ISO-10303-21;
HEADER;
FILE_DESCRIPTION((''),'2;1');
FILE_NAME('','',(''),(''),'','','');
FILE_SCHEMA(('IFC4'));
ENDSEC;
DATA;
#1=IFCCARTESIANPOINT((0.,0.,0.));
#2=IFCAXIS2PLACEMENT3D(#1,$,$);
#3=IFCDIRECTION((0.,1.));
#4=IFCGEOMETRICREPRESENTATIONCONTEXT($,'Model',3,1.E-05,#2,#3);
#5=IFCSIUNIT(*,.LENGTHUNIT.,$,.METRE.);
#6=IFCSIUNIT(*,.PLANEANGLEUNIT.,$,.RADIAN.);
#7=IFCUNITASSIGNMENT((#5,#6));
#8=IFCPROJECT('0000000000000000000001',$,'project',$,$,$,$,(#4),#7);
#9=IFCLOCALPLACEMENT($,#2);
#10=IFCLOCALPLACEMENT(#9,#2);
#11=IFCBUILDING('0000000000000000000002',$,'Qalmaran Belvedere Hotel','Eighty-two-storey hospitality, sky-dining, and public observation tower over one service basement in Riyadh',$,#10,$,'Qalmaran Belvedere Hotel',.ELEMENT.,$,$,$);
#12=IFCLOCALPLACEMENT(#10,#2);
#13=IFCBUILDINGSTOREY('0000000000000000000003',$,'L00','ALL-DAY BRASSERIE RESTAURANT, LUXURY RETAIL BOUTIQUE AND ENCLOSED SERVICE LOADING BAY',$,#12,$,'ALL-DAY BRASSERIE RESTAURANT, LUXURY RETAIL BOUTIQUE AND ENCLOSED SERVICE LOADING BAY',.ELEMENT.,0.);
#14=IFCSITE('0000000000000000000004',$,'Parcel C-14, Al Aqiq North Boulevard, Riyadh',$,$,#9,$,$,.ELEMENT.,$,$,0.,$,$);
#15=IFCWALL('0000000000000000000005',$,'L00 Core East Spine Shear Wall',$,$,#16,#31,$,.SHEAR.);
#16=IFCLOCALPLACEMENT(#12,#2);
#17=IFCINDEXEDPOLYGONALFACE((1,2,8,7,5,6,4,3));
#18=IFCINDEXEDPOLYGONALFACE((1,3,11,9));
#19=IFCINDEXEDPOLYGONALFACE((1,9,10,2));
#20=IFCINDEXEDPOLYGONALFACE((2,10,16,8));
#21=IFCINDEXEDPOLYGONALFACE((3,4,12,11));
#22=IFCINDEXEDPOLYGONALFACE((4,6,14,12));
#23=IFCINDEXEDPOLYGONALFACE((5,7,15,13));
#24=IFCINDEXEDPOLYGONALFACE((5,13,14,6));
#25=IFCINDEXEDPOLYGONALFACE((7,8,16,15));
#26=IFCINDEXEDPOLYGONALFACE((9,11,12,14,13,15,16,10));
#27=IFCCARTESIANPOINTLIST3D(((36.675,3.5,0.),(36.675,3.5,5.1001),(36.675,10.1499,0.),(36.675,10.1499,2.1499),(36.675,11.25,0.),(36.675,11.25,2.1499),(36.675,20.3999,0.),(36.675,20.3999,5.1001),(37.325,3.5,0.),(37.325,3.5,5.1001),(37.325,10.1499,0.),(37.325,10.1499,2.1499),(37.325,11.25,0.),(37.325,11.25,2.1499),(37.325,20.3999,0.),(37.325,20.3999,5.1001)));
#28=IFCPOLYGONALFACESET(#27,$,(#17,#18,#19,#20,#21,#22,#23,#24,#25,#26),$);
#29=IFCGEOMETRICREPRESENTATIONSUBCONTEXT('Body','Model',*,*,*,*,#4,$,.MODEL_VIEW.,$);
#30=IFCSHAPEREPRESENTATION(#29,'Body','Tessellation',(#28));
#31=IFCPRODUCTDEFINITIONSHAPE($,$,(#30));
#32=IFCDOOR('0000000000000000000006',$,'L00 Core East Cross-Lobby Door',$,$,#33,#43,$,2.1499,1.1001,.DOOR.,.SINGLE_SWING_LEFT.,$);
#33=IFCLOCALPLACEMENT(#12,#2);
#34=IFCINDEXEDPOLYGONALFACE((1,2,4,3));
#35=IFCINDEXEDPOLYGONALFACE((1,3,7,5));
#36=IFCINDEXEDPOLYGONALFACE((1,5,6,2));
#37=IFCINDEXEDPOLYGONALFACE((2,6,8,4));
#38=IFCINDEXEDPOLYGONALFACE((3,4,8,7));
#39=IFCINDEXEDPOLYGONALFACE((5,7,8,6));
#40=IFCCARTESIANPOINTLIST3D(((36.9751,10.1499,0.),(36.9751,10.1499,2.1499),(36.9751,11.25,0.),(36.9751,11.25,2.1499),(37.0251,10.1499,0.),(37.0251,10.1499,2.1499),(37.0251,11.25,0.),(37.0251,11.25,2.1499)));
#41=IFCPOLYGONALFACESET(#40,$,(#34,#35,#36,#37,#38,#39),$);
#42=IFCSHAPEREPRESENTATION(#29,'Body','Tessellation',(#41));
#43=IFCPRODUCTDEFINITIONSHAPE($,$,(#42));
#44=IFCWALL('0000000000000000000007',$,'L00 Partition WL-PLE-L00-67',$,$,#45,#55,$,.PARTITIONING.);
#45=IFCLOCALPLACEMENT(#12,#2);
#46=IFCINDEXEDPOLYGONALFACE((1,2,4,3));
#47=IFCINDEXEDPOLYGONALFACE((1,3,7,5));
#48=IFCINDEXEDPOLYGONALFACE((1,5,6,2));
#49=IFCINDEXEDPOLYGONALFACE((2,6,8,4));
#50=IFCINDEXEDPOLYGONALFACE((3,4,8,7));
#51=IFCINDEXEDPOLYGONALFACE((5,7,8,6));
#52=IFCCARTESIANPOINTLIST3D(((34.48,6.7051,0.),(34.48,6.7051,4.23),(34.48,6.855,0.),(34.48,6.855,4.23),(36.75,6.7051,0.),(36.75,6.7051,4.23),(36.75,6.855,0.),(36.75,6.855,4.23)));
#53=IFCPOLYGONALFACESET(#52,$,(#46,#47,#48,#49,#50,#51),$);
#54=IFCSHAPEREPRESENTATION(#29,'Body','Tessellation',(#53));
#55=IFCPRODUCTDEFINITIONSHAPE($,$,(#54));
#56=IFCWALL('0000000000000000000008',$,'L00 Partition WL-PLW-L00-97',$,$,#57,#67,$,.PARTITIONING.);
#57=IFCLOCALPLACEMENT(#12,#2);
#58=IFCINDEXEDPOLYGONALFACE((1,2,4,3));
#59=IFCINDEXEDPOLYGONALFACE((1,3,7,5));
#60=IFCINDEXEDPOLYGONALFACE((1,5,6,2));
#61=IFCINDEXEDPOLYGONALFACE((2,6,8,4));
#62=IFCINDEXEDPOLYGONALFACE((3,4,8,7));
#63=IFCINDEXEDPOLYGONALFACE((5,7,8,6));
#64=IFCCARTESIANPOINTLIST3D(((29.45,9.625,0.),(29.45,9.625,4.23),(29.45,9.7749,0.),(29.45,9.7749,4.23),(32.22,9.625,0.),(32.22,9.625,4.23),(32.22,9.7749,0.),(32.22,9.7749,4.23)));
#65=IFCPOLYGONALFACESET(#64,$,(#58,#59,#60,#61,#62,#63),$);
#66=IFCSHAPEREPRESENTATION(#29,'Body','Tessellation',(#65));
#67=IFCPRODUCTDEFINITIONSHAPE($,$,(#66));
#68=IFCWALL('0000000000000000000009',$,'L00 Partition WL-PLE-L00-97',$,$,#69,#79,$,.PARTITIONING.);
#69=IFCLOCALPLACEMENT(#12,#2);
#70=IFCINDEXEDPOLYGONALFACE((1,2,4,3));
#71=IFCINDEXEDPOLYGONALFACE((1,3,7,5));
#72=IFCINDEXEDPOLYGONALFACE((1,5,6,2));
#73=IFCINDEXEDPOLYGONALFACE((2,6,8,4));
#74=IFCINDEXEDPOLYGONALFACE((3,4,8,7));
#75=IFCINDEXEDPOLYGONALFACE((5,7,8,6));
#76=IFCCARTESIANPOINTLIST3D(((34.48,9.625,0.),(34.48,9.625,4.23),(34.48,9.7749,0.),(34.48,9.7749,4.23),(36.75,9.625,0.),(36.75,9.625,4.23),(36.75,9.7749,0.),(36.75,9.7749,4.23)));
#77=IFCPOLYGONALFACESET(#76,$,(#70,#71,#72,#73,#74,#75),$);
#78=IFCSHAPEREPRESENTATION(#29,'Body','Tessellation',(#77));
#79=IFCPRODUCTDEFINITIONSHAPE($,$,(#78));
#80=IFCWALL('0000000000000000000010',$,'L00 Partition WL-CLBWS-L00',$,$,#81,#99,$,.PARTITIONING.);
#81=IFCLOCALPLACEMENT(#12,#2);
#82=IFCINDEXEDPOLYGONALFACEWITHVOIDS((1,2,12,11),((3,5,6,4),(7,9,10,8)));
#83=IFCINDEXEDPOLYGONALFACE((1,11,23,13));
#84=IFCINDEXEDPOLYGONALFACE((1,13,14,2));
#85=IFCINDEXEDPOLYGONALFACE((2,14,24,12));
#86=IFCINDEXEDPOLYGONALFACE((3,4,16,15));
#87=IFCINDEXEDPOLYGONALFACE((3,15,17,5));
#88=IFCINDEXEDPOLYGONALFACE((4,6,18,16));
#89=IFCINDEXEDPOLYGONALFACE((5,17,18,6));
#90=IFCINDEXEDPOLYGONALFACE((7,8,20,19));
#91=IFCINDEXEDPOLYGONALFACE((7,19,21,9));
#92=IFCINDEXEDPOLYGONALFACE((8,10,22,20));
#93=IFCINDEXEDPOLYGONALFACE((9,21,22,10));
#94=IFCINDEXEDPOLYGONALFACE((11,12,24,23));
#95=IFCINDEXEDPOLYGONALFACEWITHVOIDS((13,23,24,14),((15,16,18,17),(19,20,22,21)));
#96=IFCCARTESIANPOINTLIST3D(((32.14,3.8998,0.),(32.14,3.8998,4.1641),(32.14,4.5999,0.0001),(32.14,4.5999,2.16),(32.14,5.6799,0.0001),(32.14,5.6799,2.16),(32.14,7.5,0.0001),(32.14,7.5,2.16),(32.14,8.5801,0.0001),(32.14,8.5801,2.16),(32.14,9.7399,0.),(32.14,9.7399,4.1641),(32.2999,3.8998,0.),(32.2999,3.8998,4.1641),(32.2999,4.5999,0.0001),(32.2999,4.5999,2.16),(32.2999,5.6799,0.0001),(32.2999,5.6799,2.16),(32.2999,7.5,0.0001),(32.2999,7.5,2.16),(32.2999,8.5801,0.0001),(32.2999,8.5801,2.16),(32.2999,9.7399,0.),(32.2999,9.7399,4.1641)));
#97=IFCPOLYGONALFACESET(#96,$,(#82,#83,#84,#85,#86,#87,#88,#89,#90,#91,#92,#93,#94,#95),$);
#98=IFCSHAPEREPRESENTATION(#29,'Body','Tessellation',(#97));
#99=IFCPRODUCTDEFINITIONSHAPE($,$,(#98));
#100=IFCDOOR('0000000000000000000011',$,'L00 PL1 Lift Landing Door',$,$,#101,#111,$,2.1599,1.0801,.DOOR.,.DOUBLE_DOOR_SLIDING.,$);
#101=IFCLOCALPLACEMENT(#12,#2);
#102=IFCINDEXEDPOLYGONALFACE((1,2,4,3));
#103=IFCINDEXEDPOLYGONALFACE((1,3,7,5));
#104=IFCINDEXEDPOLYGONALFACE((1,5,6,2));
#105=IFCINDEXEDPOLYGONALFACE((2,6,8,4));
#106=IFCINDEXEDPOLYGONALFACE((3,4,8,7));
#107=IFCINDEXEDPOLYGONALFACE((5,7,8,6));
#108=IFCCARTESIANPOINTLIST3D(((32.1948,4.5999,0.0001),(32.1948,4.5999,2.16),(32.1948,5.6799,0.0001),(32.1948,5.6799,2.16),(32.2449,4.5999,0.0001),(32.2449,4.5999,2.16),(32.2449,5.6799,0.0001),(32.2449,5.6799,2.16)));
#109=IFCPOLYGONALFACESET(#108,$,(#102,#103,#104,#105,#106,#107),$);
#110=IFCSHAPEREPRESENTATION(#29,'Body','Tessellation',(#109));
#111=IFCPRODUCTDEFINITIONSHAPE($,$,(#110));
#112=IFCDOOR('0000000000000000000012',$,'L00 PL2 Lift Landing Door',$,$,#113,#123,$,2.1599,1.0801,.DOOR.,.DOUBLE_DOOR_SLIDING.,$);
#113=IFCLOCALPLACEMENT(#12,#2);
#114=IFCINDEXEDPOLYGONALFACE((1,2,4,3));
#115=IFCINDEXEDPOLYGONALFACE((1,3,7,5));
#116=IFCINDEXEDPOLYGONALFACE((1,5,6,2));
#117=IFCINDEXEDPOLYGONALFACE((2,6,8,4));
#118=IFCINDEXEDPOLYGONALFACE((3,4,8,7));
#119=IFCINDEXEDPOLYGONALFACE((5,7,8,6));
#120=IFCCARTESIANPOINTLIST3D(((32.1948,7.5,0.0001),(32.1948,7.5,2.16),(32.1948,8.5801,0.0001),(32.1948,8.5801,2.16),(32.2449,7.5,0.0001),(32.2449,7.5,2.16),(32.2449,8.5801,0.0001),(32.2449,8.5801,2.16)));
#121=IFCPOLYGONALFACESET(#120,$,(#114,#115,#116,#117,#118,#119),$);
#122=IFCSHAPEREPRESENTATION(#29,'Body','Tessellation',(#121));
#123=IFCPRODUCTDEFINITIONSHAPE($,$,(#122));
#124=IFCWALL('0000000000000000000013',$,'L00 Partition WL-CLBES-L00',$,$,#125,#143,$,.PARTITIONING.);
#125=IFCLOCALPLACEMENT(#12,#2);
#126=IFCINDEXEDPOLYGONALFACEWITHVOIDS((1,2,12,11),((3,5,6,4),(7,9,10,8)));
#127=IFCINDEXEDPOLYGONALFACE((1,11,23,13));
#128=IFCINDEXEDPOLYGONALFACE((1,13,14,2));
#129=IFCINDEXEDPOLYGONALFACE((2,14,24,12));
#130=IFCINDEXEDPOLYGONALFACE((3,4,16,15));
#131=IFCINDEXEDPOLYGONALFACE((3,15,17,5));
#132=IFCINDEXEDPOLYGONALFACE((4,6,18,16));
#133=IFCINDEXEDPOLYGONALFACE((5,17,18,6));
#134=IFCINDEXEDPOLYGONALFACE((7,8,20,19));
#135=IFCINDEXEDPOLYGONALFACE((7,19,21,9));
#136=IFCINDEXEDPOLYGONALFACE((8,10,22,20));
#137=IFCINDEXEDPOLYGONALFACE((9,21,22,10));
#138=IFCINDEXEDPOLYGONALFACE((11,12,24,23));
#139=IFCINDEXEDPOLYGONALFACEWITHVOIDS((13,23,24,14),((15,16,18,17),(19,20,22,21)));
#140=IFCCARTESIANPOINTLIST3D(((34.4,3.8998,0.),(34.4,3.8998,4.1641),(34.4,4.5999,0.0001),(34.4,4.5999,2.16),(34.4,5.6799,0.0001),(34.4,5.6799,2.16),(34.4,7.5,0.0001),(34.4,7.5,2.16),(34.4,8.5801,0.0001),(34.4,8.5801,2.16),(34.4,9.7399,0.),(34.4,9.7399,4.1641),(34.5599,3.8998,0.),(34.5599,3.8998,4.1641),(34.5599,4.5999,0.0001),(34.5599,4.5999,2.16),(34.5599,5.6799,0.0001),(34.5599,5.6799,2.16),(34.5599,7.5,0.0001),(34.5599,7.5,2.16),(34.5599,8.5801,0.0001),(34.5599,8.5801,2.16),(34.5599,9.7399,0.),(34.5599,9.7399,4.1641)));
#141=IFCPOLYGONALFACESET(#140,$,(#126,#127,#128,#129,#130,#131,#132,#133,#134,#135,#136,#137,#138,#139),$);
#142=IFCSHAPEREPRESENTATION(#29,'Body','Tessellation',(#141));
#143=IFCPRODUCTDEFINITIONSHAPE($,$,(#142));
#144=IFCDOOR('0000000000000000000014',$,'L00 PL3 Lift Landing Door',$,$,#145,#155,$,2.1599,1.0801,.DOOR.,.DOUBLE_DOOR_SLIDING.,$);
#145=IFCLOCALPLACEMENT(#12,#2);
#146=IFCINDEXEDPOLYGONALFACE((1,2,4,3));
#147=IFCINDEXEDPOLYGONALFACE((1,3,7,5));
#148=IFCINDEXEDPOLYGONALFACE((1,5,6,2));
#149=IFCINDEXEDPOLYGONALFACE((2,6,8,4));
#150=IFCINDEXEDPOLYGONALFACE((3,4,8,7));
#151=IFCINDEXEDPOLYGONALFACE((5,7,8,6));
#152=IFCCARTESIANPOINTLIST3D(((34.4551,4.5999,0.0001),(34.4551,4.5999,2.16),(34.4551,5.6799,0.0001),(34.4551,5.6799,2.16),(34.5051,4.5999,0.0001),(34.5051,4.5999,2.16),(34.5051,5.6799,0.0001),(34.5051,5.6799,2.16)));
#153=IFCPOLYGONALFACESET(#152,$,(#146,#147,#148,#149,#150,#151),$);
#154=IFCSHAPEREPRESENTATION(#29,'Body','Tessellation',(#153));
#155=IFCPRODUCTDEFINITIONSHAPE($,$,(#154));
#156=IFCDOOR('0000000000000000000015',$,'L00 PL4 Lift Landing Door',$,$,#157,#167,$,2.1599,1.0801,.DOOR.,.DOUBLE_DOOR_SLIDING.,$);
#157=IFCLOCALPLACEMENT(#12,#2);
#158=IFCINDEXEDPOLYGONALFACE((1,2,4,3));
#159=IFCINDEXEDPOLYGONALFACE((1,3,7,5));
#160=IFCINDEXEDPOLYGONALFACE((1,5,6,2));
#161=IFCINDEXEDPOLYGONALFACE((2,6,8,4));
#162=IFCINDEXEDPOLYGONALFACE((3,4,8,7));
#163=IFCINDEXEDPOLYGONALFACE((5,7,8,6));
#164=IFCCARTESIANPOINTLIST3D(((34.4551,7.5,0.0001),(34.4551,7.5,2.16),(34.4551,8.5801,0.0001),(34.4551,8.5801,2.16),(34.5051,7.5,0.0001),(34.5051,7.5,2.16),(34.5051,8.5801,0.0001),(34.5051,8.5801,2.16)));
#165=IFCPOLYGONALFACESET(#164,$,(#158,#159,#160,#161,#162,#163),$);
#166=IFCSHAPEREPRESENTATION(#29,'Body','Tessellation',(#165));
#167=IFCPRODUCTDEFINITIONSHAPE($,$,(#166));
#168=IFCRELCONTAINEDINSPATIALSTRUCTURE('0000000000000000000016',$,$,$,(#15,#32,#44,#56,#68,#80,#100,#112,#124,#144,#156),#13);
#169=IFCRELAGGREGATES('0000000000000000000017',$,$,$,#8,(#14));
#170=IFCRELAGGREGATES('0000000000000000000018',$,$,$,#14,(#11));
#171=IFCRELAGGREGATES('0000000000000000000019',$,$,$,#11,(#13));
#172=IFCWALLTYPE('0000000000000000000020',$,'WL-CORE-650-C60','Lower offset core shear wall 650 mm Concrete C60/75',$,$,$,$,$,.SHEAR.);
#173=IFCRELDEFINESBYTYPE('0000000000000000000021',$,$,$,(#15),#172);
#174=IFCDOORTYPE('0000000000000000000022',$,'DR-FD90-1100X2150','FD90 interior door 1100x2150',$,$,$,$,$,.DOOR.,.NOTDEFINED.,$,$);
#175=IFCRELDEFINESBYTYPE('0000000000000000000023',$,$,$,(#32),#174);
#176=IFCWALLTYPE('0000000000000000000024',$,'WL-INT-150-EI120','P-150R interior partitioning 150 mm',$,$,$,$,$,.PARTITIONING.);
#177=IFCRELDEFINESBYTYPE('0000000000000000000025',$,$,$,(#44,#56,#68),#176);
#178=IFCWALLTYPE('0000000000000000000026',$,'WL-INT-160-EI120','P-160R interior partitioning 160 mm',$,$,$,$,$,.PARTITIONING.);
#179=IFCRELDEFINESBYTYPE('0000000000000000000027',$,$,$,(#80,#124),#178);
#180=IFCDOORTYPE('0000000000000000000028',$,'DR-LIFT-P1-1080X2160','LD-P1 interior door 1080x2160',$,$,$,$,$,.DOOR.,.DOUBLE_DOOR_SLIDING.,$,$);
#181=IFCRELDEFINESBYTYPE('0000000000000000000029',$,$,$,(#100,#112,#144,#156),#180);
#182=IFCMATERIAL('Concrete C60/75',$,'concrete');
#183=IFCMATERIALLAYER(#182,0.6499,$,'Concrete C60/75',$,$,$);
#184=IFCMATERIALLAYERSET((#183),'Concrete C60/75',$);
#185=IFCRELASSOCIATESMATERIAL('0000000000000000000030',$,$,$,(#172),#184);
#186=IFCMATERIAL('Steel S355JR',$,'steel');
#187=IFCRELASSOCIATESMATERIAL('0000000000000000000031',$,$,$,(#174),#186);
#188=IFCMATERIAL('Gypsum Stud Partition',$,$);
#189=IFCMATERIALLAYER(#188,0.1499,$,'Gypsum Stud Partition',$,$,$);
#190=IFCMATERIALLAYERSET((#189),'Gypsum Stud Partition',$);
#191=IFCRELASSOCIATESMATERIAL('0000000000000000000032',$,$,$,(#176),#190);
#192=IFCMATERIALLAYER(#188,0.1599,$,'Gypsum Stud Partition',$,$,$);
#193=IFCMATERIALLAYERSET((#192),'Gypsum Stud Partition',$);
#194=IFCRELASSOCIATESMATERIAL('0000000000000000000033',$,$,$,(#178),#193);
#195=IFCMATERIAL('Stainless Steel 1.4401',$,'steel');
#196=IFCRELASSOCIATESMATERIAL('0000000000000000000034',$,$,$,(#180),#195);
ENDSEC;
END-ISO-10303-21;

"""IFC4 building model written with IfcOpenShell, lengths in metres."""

from ifc_helpers import new_model, si_unit, direction, frame, frame_2d, origin, place, context, subcontext, project, spatial, rectangle, extrude, material, layer, layer_set, type_object, element, fill, save


model = new_model("IFC4")

# Units and contexts
model_context = context("Model", 3, precision=1e-05, world=origin(), true_north=direction((0.0, 1.0)))
body_context = subcontext(model_context, "Body", "Model", "MODEL_VIEW")
ifc_project = project(units=[si_unit("LENGTHUNIT", "METRE"), si_unit("PLANEANGLEUNIT", "RADIAN")], contexts=[model_context])

# Site, building, storey
site_placement = place(None, origin())
site = spatial("IfcSite", under=ifc_project, at=site_placement, Name="Parcel C-14, Al Aqiq North Boulevard, Riyadh", CompositionType="ELEMENT", RefElevation=0.0)
building_placement = place(site_placement, origin())
building = spatial("IfcBuilding", under=site, at=building_placement, Name="Qalmaran Belvedere Hotel", Description="Eighty-two-storey hospitality, sky-dining, and public observation tower over one service basement in Riyadh", LongName="Qalmaran Belvedere Hotel", CompositionType="ELEMENT")
storey_placement = place(building_placement, origin())
storey = spatial("IfcBuildingStorey", under=building, at=storey_placement, Name="L00", Description="ALL-DAY BRASSERIE RESTAURANT, LUXURY RETAIL BOUTIQUE AND ENCLOSED SERVICE LOADING BAY", LongName="ALL-DAY BRASSERIE RESTAURANT, LUXURY RETAIL BOUTIQUE AND ENCLOSED SERVICE LOADING BAY", CompositionType="ELEMENT", Elevation=0.0)

# Shared definitions
ifc_material_1 = material(Name="Concrete C60/75", Category="concrete")

# Shared definitions
ifc_material_2 = material(Name="Steel S355JR", Category="steel")

# Wall, opening, door
ifc_layer_1 = layer(ifc_material_1, 0.6499, Name="Concrete C60/75")
ifc_layer_set_1 = layer_set([ifc_layer_1], Name="Concrete C60/75")
wall_type_1 = type_object("IfcWallType", Name="WL-CORE-650-C60", Description="Lower offset core shear wall 650 mm Concrete C60/75", PredefinedType="SHEAR", material=ifc_layer_set_1)
wall_1_placement = place(storey_placement, frame((37.0, 3.5, 0.0), z_axis=(0.0, 0.0, 1.0), x_axis=(0.0, 1.0, 0.0)))
wall_1 = element("IfcWall", 1, at=wall_1_placement, inside=storey, type_object=wall_type_1, Name="L00 Core East Spine Shear Wall", PredefinedType="SHEAR", context=body_context, shape_type="SweptSolid", body=[
    extrude(rectangle(XDim=16.8999, YDim=0.6499, at=frame_2d((8.45, 0.0))), origin(), (0.0, 0.0, 1.0), 5.1001),
])
opening_1_placement = place(wall_1_placement, frame((6.6499, 0.0, 0.0)))
opening_1 = element("IfcOpeningElement", 2, at=opening_1_placement, cuts=wall_1, PredefinedType="OPENING", context=body_context, shape_type="SweptSolid", body=[
    extrude(rectangle(XDim=1.1001, YDim=2.1499, at=frame_2d((0.55, 1.075))), frame((0.0, 0.335, 0.0), z_axis=(0.0, -1.0, 0.0), x_axis=(1.0, 0.0, 0.0)), (0.0, 0.0, 1.0), 0.6699),
])
door_type_1 = type_object("IfcDoorType", Name="DR-FD90-1100X2150", Description="FD90 interior door 1100x2150", OperationType="NOTDEFINED", PredefinedType="DOOR", material=ifc_material_2)
door_1_placement = place(opening_1_placement, origin())
door_1 = element("IfcDoor", 3, at=door_1_placement, inside=storey, type_object=door_type_1, Name="L00 Core East Cross-Lobby Door", OperationType="SINGLE_SWING_LEFT", OverallHeight=2.1499, OverallWidth=1.1001, PredefinedType="DOOR", context=body_context, shape_type="SweptSolid", body=[
    extrude(rectangle(XDim=1.1001, YDim=2.1499, at=frame_2d((0.55, 1.075))), frame((0.0, 0.0249, 0.0), z_axis=(0.0, -1.0, 0.0), x_axis=(1.0, 0.0, 0.0)), (0.0, 0.0, 1.0), 0.05),
])
fill(opening_1, door_1)

# Walls
ifc_material_3 = material(Name="Gypsum Stud Partition")
ifc_layer_2 = layer(ifc_material_3, 0.1499, Name="Gypsum Stud Partition")
ifc_layer_set_2 = layer_set([ifc_layer_2], Name="Gypsum Stud Partition")
wall_type_2 = type_object("IfcWallType", Name="WL-INT-150-EI120", Description="P-150R interior partitioning 150 mm", PredefinedType="PARTITIONING", material=ifc_layer_set_2)
wall_2_placement = place(storey_placement, frame((34.48, 6.78, 0.0), z_axis=(0.0, 0.0, 1.0), x_axis=(1.0, 0.0, 0.0)))
element("IfcWall", 4, at=wall_2_placement, inside=storey, type_object=wall_type_2, Name="L00 Partition WL-PLE-L00-67", PredefinedType="PARTITIONING", context=body_context, shape_type="SweptSolid", body=[
    extrude(rectangle(XDim=2.27, YDim=0.1499, at=frame_2d((1.135, 0.0))), origin(), (0.0, 0.0, 1.0), 4.23),
])
wall_3_placement = place(storey_placement, frame((29.45, 9.7, 0.0), z_axis=(0.0, 0.0, 1.0), x_axis=(1.0, 0.0, 0.0)))
element("IfcWall", 5, at=wall_3_placement, inside=storey, type_object=wall_type_2, Name="L00 Partition WL-PLW-L00-97", PredefinedType="PARTITIONING", context=body_context, shape_type="SweptSolid", body=[
    extrude(rectangle(XDim=2.77, YDim=0.1499, at=frame_2d((1.385, 0.0))), origin(), (0.0, 0.0, 1.0), 4.23),
])
wall_4_placement = place(storey_placement, frame((34.48, 9.7, 0.0), z_axis=(0.0, 0.0, 1.0), x_axis=(1.0, 0.0, 0.0)))
element("IfcWall", 6, at=wall_4_placement, inside=storey, type_object=wall_type_2, Name="L00 Partition WL-PLE-L00-97", PredefinedType="PARTITIONING", context=body_context, shape_type="SweptSolid", body=[
    extrude(rectangle(XDim=2.27, YDim=0.1499, at=frame_2d((1.135, 0.0))), origin(), (0.0, 0.0, 1.0), 4.23),
])

# Walls, openings, doors
ifc_layer_3 = layer(ifc_material_3, 0.1599, Name="Gypsum Stud Partition")
ifc_layer_set_3 = layer_set([ifc_layer_3], Name="Gypsum Stud Partition")
wall_type_3 = type_object("IfcWallType", Name="WL-INT-160-EI120", Description="P-160R interior partitioning 160 mm", PredefinedType="PARTITIONING", material=ifc_layer_set_3)
wall_5_placement = place(storey_placement, frame((32.22, 3.8999, 0.0), z_axis=(0.0, 0.0, 1.0), x_axis=(0.0, 1.0, 0.0)))
wall_5 = element("IfcWall", 7, at=wall_5_placement, inside=storey, type_object=wall_type_3, Name="L00 Partition WL-CLBWS-L00", PredefinedType="PARTITIONING", context=body_context, shape_type="SweptSolid", body=[
    extrude(rectangle(XDim=5.8401, YDim=0.1599, at=frame_2d((2.9199, 0.0))), origin(), (0.0, 0.0, 1.0), 4.1641),
])
opening_2_placement = place(wall_5_placement, frame((1.78, 0.0, 0.0), z_axis=(0.0, 0.0, 1.0), x_axis=(-1.0, 0.0, 0.0)))
opening_2 = element("IfcOpeningElement", 8, at=opening_2_placement, cuts=wall_5, PredefinedType="OPENING", context=body_context, shape_type="SweptSolid", body=[
    extrude(rectangle(XDim=1.0801, YDim=2.1599, at=frame_2d((0.54, 1.0801))), frame((0.0, 0.0898, 0.0), z_axis=(0.0, -1.0, 0.0), x_axis=(1.0, 0.0, 0.0)), (0.0, 0.0, 1.0), 0.1799),
])
opening_3_placement = place(wall_5_placement, frame((4.6802, 0.0, 0.0), z_axis=(0.0, 0.0, 1.0), x_axis=(-1.0, 0.0, 0.0)))
opening_3 = element("IfcOpeningElement", 9, at=opening_3_placement, cuts=wall_5, PredefinedType="OPENING", context=body_context, shape_type="SweptSolid", body=[
    extrude(rectangle(XDim=1.0801, YDim=2.1599, at=frame_2d((0.54, 1.0801))), frame((0.0, 0.0898, 0.0), z_axis=(0.0, -1.0, 0.0), x_axis=(1.0, 0.0, 0.0)), (0.0, 0.0, 1.0), 0.1799),
])
ifc_material_4 = material(Name="Stainless Steel 1.4401", Category="steel")
door_type_2 = type_object("IfcDoorType", Name="DR-LIFT-P1-1080X2160", Description="LD-P1 interior door 1080x2160", OperationType="DOUBLE_DOOR_SLIDING", PredefinedType="DOOR", material=ifc_material_4)
door_2_placement = place(opening_2_placement, origin())
door_2 = element("IfcDoor", 10, at=door_2_placement, inside=storey, type_object=door_type_2, Name="L00 PL1 Lift Landing Door", OperationType="DOUBLE_DOOR_SLIDING", OverallHeight=2.1599, OverallWidth=1.0801, PredefinedType="DOOR", context=body_context, shape_type="SweptSolid", body=[
    extrude(rectangle(XDim=1.0801, YDim=2.1599, at=frame_2d((0.54, 1.0801))), frame((0.0, 0.0249, 0.0), z_axis=(0.0, -1.0, 0.0), x_axis=(1.0, 0.0, 0.0)), (0.0, 0.0, 1.0), 0.05),
])
fill(opening_2, door_2)
door_3_placement = place(opening_3_placement, origin())
door_3 = element("IfcDoor", 11, at=door_3_placement, inside=storey, type_object=door_type_2, Name="L00 PL2 Lift Landing Door", OperationType="DOUBLE_DOOR_SLIDING", OverallHeight=2.1599, OverallWidth=1.0801, PredefinedType="DOOR", context=body_context, shape_type="SweptSolid", body=[
    extrude(rectangle(XDim=1.0801, YDim=2.1599, at=frame_2d((0.54, 1.0801))), frame((0.0, 0.0249, 0.0), z_axis=(0.0, -1.0, 0.0), x_axis=(1.0, 0.0, 0.0)), (0.0, 0.0, 1.0), 0.05),
])
fill(opening_3, door_3)
wall_6_placement = place(storey_placement, frame((34.48, 3.8999, 0.0), z_axis=(0.0, 0.0, 1.0), x_axis=(0.0, 1.0, 0.0)))
wall_6 = element("IfcWall", 12, at=wall_6_placement, inside=storey, type_object=wall_type_3, Name="L00 Partition WL-CLBES-L00", PredefinedType="PARTITIONING", context=body_context, shape_type="SweptSolid", body=[
    extrude(rectangle(XDim=5.8401, YDim=0.1599, at=frame_2d((2.9199, 0.0))), origin(), (0.0, 0.0, 1.0), 4.1641),
])
opening_4_placement = place(wall_6_placement, frame((0.7, 0.0, 0.0)))
opening_4 = element("IfcOpeningElement", 13, at=opening_4_placement, cuts=wall_6, PredefinedType="OPENING", context=body_context, shape_type="SweptSolid", body=[
    extrude(rectangle(XDim=1.0801, YDim=2.1599, at=frame_2d((0.54, 1.0801))), frame((0.0, 0.0898, 0.0), z_axis=(0.0, -1.0, 0.0), x_axis=(1.0, 0.0, 0.0)), (0.0, 0.0, 1.0), 0.1799),
])
opening_5_placement = place(wall_6_placement, frame((3.6001, 0.0, 0.0)))
opening_5 = element("IfcOpeningElement", 14, at=opening_5_placement, cuts=wall_6, PredefinedType="OPENING", context=body_context, shape_type="SweptSolid", body=[
    extrude(rectangle(XDim=1.0801, YDim=2.1599, at=frame_2d((0.54, 1.0801))), frame((0.0, 0.0898, 0.0), z_axis=(0.0, -1.0, 0.0), x_axis=(1.0, 0.0, 0.0)), (0.0, 0.0, 1.0), 0.1799),
])
door_4_placement = place(opening_4_placement, origin())
door_4 = element("IfcDoor", 15, at=door_4_placement, inside=storey, type_object=door_type_2, Name="L00 PL3 Lift Landing Door", OperationType="DOUBLE_DOOR_SLIDING", OverallHeight=2.1599, OverallWidth=1.0801, PredefinedType="DOOR", context=body_context, shape_type="SweptSolid", body=[
    extrude(rectangle(XDim=1.0801, YDim=2.1599, at=frame_2d((0.54, 1.0801))), frame((0.0, 0.0249, 0.0), z_axis=(0.0, -1.0, 0.0), x_axis=(1.0, 0.0, 0.0)), (0.0, 0.0, 1.0), 0.05),
])
fill(opening_4, door_4)
door_5_placement = place(opening_5_placement, origin())
door_5 = element("IfcDoor", 16, at=door_5_placement, inside=storey, type_object=door_type_2, Name="L00 PL4 Lift Landing Door", OperationType="DOUBLE_DOOR_SLIDING", OverallHeight=2.1599, OverallWidth=1.0801, PredefinedType="DOOR", context=body_context, shape_type="SweptSolid", body=[
    extrude(rectangle(XDim=1.0801, YDim=2.1599, at=frame_2d((0.54, 1.0801))), frame((0.0, 0.0249, 0.0), z_axis=(0.0, -1.0, 0.0), x_axis=(1.0, 0.0, 0.0)), (0.0, 0.0, 1.0), 0.05),
])
fill(opening_5, door_5)

save(model, "model.ifc")
